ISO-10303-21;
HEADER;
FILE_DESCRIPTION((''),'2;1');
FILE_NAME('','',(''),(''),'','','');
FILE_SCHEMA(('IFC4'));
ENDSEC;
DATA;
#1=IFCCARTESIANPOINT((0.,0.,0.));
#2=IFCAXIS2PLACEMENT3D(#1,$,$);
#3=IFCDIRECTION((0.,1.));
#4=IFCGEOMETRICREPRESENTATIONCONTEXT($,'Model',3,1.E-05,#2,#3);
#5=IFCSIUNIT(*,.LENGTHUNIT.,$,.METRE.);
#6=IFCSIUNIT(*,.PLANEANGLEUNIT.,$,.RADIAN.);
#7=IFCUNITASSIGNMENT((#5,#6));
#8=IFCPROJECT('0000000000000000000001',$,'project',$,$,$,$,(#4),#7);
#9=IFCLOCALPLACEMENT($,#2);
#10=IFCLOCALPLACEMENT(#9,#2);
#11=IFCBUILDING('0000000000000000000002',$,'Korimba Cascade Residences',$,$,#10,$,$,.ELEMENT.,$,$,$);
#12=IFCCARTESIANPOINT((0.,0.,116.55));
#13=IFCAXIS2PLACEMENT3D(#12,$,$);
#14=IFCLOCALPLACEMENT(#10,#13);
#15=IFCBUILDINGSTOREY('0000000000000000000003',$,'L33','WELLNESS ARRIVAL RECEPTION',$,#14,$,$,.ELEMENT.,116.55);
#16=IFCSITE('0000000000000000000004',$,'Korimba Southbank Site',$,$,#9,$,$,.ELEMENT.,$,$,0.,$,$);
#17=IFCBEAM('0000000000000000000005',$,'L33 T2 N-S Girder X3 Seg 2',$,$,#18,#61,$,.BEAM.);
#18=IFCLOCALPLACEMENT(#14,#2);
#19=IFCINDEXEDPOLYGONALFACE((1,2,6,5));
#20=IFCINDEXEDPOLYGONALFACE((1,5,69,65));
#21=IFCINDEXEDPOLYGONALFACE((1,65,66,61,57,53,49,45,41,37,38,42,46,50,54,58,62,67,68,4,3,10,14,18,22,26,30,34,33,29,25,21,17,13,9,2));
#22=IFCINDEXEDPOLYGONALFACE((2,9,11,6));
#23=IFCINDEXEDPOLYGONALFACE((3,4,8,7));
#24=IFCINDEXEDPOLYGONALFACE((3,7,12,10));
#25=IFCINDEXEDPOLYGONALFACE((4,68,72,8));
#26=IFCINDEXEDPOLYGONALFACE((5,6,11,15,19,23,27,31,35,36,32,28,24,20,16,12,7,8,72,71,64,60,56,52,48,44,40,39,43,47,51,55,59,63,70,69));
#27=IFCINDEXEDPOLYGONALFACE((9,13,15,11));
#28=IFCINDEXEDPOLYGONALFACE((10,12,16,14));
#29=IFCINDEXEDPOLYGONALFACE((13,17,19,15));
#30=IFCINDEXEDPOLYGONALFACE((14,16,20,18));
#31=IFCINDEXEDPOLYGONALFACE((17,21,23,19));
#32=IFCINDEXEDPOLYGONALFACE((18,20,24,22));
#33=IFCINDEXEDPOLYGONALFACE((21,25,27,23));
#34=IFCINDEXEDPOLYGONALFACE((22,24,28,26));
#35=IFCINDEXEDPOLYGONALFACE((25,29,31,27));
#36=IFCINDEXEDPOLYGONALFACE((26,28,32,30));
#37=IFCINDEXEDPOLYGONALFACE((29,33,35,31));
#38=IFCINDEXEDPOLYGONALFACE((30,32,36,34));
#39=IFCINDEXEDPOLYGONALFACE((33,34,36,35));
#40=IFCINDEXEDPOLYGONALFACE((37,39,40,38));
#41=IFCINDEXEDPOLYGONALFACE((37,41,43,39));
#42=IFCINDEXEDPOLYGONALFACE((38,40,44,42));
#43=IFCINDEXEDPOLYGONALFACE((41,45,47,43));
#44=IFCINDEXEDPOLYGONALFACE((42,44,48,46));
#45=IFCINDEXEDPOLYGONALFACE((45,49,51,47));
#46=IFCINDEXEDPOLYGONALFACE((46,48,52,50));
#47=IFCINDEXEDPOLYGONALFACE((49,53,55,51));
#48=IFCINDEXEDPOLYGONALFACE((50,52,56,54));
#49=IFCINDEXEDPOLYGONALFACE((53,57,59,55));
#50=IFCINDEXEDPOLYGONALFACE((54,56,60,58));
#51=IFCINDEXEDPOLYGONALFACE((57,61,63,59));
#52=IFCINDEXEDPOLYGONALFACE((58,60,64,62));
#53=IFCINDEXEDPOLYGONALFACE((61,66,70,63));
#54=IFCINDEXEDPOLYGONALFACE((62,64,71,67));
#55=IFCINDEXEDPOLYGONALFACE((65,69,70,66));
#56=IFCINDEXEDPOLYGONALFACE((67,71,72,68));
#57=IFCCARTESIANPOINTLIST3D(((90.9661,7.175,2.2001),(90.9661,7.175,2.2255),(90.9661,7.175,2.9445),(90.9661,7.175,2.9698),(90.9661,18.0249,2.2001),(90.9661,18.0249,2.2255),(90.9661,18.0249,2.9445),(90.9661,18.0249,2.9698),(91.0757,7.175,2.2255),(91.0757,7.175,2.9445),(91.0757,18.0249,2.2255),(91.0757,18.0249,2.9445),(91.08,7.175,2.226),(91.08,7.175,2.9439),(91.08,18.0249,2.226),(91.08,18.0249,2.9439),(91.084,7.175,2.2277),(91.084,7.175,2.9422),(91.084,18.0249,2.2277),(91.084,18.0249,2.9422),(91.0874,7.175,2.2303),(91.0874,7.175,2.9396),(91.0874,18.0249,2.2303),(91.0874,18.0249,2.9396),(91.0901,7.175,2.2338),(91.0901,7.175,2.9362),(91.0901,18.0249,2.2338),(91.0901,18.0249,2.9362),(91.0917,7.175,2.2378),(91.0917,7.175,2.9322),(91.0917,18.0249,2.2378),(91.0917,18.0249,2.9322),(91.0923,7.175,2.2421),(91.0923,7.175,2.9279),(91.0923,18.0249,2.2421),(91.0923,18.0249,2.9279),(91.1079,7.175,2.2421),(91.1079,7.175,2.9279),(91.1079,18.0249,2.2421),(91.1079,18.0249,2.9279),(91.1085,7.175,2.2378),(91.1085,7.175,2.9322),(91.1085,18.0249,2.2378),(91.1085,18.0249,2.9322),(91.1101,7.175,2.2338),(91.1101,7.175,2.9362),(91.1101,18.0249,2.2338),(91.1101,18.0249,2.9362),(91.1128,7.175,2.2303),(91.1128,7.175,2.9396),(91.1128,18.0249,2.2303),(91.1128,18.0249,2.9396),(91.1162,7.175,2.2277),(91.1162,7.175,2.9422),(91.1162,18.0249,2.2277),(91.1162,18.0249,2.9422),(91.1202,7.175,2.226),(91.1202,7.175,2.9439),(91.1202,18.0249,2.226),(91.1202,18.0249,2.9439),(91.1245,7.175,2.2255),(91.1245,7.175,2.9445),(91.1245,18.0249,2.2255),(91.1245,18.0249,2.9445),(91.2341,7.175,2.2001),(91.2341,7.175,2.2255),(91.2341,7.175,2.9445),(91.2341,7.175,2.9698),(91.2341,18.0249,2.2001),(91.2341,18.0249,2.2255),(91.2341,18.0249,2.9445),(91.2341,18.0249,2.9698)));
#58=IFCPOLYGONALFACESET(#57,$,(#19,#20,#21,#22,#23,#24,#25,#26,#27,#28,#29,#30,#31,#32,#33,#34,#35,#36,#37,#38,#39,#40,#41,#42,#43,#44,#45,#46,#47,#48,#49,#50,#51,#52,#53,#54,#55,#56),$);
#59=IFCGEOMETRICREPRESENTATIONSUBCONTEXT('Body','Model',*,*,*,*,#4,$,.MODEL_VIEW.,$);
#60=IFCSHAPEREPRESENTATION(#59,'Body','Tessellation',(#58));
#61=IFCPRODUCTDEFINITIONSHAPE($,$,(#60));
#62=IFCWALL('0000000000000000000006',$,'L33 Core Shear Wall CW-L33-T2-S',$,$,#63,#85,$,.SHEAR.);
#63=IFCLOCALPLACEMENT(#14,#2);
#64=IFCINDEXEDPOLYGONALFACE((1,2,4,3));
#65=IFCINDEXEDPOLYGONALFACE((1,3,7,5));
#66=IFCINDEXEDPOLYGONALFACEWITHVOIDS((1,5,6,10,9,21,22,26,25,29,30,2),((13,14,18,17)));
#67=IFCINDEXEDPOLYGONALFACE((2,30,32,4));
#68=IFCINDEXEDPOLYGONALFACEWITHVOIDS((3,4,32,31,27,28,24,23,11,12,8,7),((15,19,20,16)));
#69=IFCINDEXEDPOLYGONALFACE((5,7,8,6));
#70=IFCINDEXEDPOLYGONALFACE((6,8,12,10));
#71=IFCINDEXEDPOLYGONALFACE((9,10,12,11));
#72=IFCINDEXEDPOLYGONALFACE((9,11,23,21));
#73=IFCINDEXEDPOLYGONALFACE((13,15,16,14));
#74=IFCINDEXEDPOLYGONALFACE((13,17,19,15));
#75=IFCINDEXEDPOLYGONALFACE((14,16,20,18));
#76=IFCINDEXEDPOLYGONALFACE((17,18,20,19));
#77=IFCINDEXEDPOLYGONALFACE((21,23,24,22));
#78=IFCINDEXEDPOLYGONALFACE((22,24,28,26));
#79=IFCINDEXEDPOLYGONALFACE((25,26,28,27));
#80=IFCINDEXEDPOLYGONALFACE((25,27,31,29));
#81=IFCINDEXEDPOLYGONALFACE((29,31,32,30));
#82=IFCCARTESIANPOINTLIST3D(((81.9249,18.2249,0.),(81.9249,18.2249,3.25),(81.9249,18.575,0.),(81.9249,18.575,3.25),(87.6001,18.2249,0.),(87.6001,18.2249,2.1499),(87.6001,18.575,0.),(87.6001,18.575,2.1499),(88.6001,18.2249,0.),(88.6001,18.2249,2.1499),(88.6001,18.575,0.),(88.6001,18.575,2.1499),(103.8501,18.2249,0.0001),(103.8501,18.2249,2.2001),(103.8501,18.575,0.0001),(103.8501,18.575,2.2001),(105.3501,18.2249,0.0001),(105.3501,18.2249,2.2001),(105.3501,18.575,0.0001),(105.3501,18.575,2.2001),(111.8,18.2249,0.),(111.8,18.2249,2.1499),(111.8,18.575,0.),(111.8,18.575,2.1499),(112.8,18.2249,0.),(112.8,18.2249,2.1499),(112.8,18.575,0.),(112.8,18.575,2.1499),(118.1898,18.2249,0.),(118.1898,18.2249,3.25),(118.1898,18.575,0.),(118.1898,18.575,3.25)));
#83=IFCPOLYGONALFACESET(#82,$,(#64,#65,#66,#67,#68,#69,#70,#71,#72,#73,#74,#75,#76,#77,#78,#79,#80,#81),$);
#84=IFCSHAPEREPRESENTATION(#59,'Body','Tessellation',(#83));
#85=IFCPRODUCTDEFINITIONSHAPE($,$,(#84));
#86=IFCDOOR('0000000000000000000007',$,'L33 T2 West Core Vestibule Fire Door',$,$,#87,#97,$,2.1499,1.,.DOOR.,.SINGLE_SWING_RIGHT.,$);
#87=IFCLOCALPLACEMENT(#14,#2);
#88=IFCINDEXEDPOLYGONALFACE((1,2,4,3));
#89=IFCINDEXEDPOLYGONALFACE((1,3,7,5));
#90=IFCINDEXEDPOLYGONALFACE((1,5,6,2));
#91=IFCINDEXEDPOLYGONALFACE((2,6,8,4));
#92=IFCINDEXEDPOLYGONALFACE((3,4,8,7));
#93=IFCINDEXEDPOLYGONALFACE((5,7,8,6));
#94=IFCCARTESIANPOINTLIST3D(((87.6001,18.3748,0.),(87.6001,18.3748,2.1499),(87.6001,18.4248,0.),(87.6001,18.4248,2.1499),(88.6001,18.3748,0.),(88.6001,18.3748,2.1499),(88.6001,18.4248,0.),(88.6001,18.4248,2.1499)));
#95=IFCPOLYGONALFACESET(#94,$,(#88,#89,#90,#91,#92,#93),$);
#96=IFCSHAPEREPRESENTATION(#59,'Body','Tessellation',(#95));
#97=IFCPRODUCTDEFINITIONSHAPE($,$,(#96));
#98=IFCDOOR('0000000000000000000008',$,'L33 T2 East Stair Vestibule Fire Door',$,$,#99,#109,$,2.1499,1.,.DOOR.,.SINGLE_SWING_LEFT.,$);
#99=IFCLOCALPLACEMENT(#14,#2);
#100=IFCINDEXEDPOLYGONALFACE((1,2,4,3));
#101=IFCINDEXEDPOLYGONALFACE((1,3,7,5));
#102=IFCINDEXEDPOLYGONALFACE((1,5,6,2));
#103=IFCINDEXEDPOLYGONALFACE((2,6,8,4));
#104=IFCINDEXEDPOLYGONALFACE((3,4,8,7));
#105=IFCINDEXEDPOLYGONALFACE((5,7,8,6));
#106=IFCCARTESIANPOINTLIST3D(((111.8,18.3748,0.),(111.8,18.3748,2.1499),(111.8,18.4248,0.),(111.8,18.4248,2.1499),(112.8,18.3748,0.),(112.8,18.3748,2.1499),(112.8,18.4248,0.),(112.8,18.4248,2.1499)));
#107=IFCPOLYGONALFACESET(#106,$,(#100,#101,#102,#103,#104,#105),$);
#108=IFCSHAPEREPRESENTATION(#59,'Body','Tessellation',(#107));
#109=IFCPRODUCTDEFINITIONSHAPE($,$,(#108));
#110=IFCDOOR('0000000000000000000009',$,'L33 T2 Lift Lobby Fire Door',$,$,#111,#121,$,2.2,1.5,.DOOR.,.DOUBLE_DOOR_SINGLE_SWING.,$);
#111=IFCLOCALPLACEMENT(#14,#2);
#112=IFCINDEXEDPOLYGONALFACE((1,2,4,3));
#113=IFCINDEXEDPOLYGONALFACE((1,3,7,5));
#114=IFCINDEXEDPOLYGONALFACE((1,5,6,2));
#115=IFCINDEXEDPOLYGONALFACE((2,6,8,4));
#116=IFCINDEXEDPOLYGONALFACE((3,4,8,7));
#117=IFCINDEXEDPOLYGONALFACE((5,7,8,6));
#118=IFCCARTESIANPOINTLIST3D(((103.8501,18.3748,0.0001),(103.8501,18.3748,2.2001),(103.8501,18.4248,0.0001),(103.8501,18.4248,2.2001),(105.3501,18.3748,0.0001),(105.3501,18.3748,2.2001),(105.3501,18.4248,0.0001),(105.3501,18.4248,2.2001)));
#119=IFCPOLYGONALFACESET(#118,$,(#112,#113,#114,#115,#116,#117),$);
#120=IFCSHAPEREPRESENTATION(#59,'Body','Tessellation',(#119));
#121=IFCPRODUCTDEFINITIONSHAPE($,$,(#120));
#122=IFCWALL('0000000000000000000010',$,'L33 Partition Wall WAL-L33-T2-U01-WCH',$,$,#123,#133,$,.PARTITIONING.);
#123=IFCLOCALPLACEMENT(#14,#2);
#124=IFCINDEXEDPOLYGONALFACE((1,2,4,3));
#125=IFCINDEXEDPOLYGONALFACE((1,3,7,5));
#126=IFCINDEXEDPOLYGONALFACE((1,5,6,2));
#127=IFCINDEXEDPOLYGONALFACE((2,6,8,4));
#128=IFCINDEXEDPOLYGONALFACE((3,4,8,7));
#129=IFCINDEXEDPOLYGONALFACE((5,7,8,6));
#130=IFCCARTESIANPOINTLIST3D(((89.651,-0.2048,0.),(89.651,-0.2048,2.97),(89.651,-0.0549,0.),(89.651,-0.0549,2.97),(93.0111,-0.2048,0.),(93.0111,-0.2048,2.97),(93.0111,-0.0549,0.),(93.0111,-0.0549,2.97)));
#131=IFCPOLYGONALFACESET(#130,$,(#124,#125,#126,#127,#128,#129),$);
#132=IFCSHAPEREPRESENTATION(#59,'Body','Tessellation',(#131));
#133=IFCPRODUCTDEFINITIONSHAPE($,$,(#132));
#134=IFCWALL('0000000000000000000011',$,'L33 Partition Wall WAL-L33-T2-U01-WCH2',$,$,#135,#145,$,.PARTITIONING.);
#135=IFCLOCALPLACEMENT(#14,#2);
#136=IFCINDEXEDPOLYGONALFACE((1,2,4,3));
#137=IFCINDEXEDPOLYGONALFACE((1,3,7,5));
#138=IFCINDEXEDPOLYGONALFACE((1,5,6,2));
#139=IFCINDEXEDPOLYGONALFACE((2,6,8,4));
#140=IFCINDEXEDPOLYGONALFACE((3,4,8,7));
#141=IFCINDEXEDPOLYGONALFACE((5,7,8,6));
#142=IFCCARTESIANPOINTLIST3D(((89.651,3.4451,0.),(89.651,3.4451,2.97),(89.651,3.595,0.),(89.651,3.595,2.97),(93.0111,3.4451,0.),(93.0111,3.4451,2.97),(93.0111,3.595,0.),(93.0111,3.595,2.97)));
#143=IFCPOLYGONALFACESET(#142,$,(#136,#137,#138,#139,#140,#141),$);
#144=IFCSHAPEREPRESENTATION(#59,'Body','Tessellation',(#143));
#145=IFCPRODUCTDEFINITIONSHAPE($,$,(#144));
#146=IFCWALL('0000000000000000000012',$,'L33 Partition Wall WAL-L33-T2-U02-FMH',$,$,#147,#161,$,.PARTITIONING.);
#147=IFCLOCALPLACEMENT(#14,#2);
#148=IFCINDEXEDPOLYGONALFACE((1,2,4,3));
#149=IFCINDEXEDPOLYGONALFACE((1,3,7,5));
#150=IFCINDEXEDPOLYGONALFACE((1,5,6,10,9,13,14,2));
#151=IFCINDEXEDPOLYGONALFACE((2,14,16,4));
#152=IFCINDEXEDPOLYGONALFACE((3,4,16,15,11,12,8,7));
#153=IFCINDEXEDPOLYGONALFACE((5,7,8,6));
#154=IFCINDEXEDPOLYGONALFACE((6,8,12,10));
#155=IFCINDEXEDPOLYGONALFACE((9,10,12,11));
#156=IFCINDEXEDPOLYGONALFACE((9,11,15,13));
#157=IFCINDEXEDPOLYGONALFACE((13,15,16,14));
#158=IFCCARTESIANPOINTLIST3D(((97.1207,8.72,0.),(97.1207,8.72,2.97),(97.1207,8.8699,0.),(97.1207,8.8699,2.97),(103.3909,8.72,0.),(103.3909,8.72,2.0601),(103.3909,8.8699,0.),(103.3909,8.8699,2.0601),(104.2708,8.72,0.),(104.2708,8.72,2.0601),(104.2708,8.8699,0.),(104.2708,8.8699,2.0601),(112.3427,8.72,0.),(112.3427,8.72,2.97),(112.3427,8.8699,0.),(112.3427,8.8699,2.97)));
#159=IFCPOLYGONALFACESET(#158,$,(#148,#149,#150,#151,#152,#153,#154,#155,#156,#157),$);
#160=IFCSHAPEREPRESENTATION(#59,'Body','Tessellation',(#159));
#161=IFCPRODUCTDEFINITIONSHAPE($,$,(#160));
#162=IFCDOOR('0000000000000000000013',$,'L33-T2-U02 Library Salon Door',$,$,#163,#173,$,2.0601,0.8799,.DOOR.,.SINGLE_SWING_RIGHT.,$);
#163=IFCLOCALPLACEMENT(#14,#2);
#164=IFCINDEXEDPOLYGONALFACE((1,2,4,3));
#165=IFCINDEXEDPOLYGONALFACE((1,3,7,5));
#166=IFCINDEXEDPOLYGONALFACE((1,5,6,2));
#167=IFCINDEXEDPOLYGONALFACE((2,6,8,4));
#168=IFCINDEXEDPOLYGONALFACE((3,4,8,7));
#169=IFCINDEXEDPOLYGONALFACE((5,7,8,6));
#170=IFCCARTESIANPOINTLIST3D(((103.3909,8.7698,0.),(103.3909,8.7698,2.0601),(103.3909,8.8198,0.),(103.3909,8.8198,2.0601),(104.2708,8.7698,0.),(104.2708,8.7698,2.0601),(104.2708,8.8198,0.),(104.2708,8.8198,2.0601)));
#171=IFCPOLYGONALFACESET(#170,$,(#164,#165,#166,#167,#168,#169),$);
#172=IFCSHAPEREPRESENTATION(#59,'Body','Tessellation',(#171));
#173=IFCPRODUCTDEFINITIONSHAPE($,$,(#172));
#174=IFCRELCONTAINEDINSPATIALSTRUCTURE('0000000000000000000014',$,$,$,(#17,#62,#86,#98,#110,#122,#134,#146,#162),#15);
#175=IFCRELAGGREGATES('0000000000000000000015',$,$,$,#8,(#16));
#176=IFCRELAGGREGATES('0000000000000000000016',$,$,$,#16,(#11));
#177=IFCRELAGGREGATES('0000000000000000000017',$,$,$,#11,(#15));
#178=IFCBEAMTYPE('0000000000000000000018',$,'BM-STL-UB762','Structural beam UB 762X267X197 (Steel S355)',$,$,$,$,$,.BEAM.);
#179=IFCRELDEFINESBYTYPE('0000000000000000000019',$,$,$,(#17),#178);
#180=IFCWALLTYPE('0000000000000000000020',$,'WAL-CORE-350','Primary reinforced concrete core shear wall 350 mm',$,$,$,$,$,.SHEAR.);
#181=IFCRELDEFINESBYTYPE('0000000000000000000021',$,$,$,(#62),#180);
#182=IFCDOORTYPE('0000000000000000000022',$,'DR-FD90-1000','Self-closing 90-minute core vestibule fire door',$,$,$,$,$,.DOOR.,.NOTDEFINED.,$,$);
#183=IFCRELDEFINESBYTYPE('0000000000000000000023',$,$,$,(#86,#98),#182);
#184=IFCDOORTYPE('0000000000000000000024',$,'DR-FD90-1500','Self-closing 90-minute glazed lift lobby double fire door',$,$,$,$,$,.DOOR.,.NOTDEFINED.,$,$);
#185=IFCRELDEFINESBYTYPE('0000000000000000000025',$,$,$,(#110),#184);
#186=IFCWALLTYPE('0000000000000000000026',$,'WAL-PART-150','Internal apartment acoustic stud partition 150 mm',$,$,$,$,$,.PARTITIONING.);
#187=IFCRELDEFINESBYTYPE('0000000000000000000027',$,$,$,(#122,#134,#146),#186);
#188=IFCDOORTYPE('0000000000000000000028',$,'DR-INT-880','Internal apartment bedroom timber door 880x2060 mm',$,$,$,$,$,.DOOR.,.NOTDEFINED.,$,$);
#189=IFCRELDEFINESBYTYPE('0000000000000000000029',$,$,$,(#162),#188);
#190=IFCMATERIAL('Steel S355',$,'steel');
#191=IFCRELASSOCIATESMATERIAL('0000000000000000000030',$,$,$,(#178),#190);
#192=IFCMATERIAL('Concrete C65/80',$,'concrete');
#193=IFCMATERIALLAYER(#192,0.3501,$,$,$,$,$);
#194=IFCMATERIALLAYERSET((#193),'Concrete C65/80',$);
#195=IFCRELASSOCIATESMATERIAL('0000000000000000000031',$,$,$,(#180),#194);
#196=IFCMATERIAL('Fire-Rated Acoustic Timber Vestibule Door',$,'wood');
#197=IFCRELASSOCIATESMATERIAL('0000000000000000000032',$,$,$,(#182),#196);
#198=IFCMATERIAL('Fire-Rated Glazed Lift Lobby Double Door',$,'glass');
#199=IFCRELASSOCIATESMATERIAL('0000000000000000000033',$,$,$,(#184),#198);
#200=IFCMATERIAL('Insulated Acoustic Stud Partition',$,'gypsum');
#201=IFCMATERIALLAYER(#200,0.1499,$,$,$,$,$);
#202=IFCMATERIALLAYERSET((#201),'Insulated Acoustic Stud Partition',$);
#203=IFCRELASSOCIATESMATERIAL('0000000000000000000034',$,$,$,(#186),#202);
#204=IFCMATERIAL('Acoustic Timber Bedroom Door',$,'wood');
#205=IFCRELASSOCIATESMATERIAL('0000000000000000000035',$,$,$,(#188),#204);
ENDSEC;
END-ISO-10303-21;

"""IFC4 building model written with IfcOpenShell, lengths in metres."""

from ifc_helpers import new_model, si_unit, direction, frame, frame_2d, origin, origin_2d, place, context, subcontext, project, spatial, rectangle, i_section, extrude, material, layer, layer_set, material_profile, profile_set, type_object, element, fill, save


model = new_model("IFC4")

# Units and contexts
model_context = context("Model", 3, precision=1e-05, world=origin(), true_north=direction((0.0, 1.0)))
body_context = subcontext(model_context, "Body", "Model", "MODEL_VIEW")
ifc_project = project(units=[si_unit("LENGTHUNIT", "METRE"), si_unit("PLANEANGLEUNIT", "RADIAN")], contexts=[model_context])

# Site, building, storey
site_placement = place(None, origin())
site = spatial("IfcSite", under=ifc_project, at=site_placement, Name="Korimba Southbank Site", CompositionType="ELEMENT", RefElevation=0.0)
building_placement = place(site_placement, origin())
building = spatial("IfcBuilding", under=site, at=building_placement, Name="Korimba Cascade Residences", CompositionType="ELEMENT")
storey_placement = place(building_placement, frame((0.0, 0.0, 116.55)))
storey = spatial("IfcBuildingStorey", under=building, at=storey_placement, Name="L33", Description="WELLNESS ARRIVAL RECEPTION", CompositionType="ELEMENT", Elevation=116.55)

# Shared definitions
ifc_material_1 = material(Name="Concrete C65/80", Category="concrete")

# Beam
ifc_material_2 = material(Name="Steel S355", Category="steel")
ifc_material_profile_1 = material_profile(ifc_material_2, i_section(OverallWidth=0.2681, OverallDepth=0.7698, WebThickness=0.0156, FlangeThickness=0.0254, FilletRadius=0.0166, at=origin_2d()), Name="Steel S355")
ifc_profile_set_1 = profile_set([ifc_material_profile_1], Name="Steel S355")
beam_type_1 = type_object("IfcBeamType", Name="BM-STL-UB762", Description="Structural beam UB 762X267X197 (Steel S355)", PredefinedType="BEAM", material=ifc_profile_set_1)
for number, where, z_axis, x_axis, name in (
    (1, (91.1001, 7.175, 2.585), (0.0, 1.0, 0.0), (-1.0, 0.0, 0.0), "L33 T2 N-S Girder X3 Seg 2"),
):
    element("IfcBeam", number, at=place(storey_placement, frame(where, z_axis=z_axis, x_axis=x_axis)), inside=storey, type_object=beam_type_1, Name=name, PredefinedType="BEAM", context=body_context, shape_type="SweptSolid", body=[
        extrude(i_section(OverallWidth=0.2681, OverallDepth=0.7698, WebThickness=0.0156, FlangeThickness=0.0254, FilletRadius=0.0166, at=origin_2d()), origin(), (0.0, 0.0, 1.0), 10.8499),
    ])

# Wall, openings, doors
ifc_layer_1 = layer(ifc_material_1, 0.3501)
ifc_layer_set_1 = layer_set([ifc_layer_1], Name="Concrete C65/80")
wall_type_1 = type_object("IfcWallType", Name="WAL-CORE-350", Description="Primary reinforced concrete core shear wall 350 mm", PredefinedType="SHEAR", material=ifc_layer_set_1)
wall_1_placement = place(storey_placement, frame((81.925, 18.3999, 0.0), z_axis=(0.0, 0.0, 1.0), x_axis=(1.0, 0.0, 0.0)))
wall_1 = element("IfcWall", 2, at=wall_1_placement, inside=storey, type_object=wall_type_1, Name="L33 Core Shear Wall CW-L33-T2-S", PredefinedType="SHEAR", context=body_context, shape_type="SweptSolid", body=[
    extrude(rectangle(XDim=36.2649, YDim=0.3501, at=frame_2d((18.1323, 0.0))), origin(), (0.0, 0.0, 1.0), 3.25),
])
opening_1_placement = place(wall_1_placement, frame((5.675, 0.0, 0.0)))
opening_1 = element("IfcOpeningElement", 3, at=opening_1_placement, cuts=wall_1, PredefinedType="OPENING", context=body_context, shape_type="SweptSolid", body=[
    extrude(rectangle(XDim=1.0, YDim=2.1499, at=frame_2d((0.5, 1.075))), frame((0.0, 0.1851, 0.0), z_axis=(0.0, -1.0, 0.0), x_axis=(1.0, 0.0, 0.0)), (0.0, 0.0, 1.0), 0.3701),
])
opening_2_placement = place(wall_1_placement, frame((21.925, 0.0, 0.0)))
opening_2 = element("IfcOpeningElement", 4, at=opening_2_placement, cuts=wall_1, PredefinedType="OPENING", context=body_context, shape_type="SweptSolid", body=[
    extrude(rectangle(XDim=1.5, YDim=2.2, at=frame_2d((0.75, 1.1001))), frame((0.0, 0.1851, 0.0), z_axis=(0.0, -1.0, 0.0), x_axis=(1.0, 0.0, 0.0)), (0.0, 0.0, 1.0), 0.3701),
])
opening_3_placement = place(wall_1_placement, frame((29.875, 0.0, 0.0)))
opening_3 = element("IfcOpeningElement", 5, at=opening_3_placement, cuts=wall_1, PredefinedType="OPENING", context=body_context, shape_type="SweptSolid", body=[
    extrude(rectangle(XDim=1.0, YDim=2.1499, at=frame_2d((0.5, 1.075))), frame((0.0, 0.1851, 0.0), z_axis=(0.0, -1.0, 0.0), x_axis=(1.0, 0.0, 0.0)), (0.0, 0.0, 1.0), 0.3701),
])
ifc_material_3 = material(Name="Fire-Rated Acoustic Timber Vestibule Door", Category="wood")
door_type_1 = type_object("IfcDoorType", Name="DR-FD90-1000", Description="Self-closing 90-minute core vestibule fire door", OperationType="NOTDEFINED", PredefinedType="DOOR", material=ifc_material_3)
door_1_placement = place(opening_1_placement, origin())
door_1 = element("IfcDoor", 6, at=door_1_placement, inside=storey, type_object=door_type_1, Name="L33 T2 West Core Vestibule Fire Door", OperationType="SINGLE_SWING_RIGHT", OverallHeight=2.1499, OverallWidth=1.0, PredefinedType="DOOR", context=body_context, shape_type="SweptSolid", body=[
    extrude(rectangle(XDim=1.0, YDim=2.1499, at=frame_2d((0.5, 1.075))), frame((0.0, 0.0249, 0.0), z_axis=(0.0, -1.0, 0.0), x_axis=(1.0, 0.0, 0.0)), (0.0, 0.0, 1.0), 0.05),
])
fill(opening_1, door_1)
door_2_placement = place(opening_3_placement, origin())
door_2 = element("IfcDoor", 7, at=door_2_placement, inside=storey, type_object=door_type_1, Name="L33 T2 East Stair Vestibule Fire Door", OperationType="SINGLE_SWING_LEFT", OverallHeight=2.1499, OverallWidth=1.0, PredefinedType="DOOR", context=body_context, shape_type="SweptSolid", body=[
    extrude(rectangle(XDim=1.0, YDim=2.1499, at=frame_2d((0.5, 1.075))), frame((0.0, 0.0249, 0.0), z_axis=(0.0, -1.0, 0.0), x_axis=(1.0, 0.0, 0.0)), (0.0, 0.0, 1.0), 0.05),
])
fill(opening_3, door_2)
ifc_material_4 = material(Name="Fire-Rated Glazed Lift Lobby Double Door", Category="glass")
door_type_2 = type_object("IfcDoorType", Name="DR-FD90-1500", Description="Self-closing 90-minute glazed lift lobby double fire door", OperationType="NOTDEFINED", PredefinedType="DOOR", material=ifc_material_4)
door_3_placement = place(opening_2_placement, origin())
door_3 = element("IfcDoor", 8, at=door_3_placement, inside=storey, type_object=door_type_2, Name="L33 T2 Lift Lobby Fire Door", OperationType="DOUBLE_DOOR_SINGLE_SWING", OverallHeight=2.2, OverallWidth=1.5, PredefinedType="DOOR", context=body_context, shape_type="SweptSolid", body=[
    extrude(rectangle(XDim=1.5, YDim=2.2, at=frame_2d((0.75, 1.1001))), frame((0.0, 0.0249, 0.0), z_axis=(0.0, -1.0, 0.0), x_axis=(1.0, 0.0, 0.0)), (0.0, 0.0, 1.0), 0.05),
])
fill(opening_2, door_3)

# Walls
ifc_material_5 = material(Name="Insulated Acoustic Stud Partition", Category="gypsum")
ifc_layer_2 = layer(ifc_material_5, 0.1499)
ifc_layer_set_2 = layer_set([ifc_layer_2], Name="Insulated Acoustic Stud Partition")
wall_type_2 = type_object("IfcWallType", Name="WAL-PART-150", Description="Internal apartment acoustic stud partition 150 mm", PredefinedType="PARTITIONING", material=ifc_layer_set_2)
for number, where, z_axis, x_axis, name in (
    (9, (89.6509, -0.1299, 0.0), (0.0, 0.0, 1.0), (1.0, 0.0, 0.0), "L33 Partition Wall WAL-L33-T2-U01-WCH"),
    (10, (89.6509, 3.52, 0.0), (0.0, 0.0, 1.0), (1.0, 0.0, 0.0), "L33 Partition Wall WAL-L33-T2-U01-WCH2"),
):
    element("IfcWall", number, at=place(storey_placement, frame(where, z_axis=z_axis, x_axis=x_axis)), inside=storey, type_object=wall_type_2, Name=name, PredefinedType="PARTITIONING", context=body_context, shape_type="SweptSolid", body=[
        extrude(rectangle(XDim=3.3601, YDim=0.1499, at=frame_2d((1.6802, 0.0))), origin(), (0.0, 0.0, 1.0), 2.97),
    ])

# Wall, opening, door
wall_2_placement = place(storey_placement, frame((97.1208, 8.7949, 0.0), z_axis=(0.0, 0.0, 1.0), x_axis=(1.0, 0.0, 0.0)))
wall_2 = element("IfcWall", 11, at=wall_2_placement, inside=storey, type_object=wall_type_2, Name="L33 Partition Wall WAL-L33-T2-U02-FMH", PredefinedType="PARTITIONING", context=body_context, shape_type="SweptSolid", body=[
    extrude(rectangle(XDim=15.2219, YDim=0.1499, at=frame_2d((7.6108, 0.0))), origin(), (0.0, 0.0, 1.0), 2.97),
])
opening_4_placement = place(wall_2_placement, frame((6.27, 0.0, 0.0)))
opening_4 = element("IfcOpeningElement", 12, at=opening_4_placement, cuts=wall_2, PredefinedType="OPENING", context=body_context, shape_type="SweptSolid", body=[
    extrude(rectangle(XDim=0.8799, YDim=2.0601, at=frame_2d((0.4399, 1.03))), frame((0.0, 0.085, 0.0), z_axis=(0.0, -1.0, 0.0), x_axis=(1.0, 0.0, 0.0)), (0.0, 0.0, 1.0), 0.1699),
])
ifc_material_6 = material(Name="Acoustic Timber Bedroom Door", Category="wood")
door_type_3 = type_object("IfcDoorType", Name="DR-INT-880", Description="Internal apartment bedroom timber door 880x2060 mm", OperationType="NOTDEFINED", PredefinedType="DOOR", material=ifc_material_6)
door_4_placement = place(opening_4_placement, origin())
door_4 = element("IfcDoor", 13, at=door_4_placement, inside=storey, type_object=door_type_3, Name="L33-T2-U02 Library Salon Door", OperationType="SINGLE_SWING_RIGHT", OverallHeight=2.0601, OverallWidth=0.8799, PredefinedType="DOOR", context=body_context, shape_type="SweptSolid", body=[
    extrude(rectangle(XDim=0.8799, YDim=2.0601, at=frame_2d((0.4399, 1.03))), frame((0.0, 0.0249, 0.0), z_axis=(0.0, -1.0, 0.0), x_axis=(1.0, 0.0, 0.0)), (0.0, 0.0, 1.0), 0.05),
])
fill(opening_4, door_4)

save(model, "model.ifc")
